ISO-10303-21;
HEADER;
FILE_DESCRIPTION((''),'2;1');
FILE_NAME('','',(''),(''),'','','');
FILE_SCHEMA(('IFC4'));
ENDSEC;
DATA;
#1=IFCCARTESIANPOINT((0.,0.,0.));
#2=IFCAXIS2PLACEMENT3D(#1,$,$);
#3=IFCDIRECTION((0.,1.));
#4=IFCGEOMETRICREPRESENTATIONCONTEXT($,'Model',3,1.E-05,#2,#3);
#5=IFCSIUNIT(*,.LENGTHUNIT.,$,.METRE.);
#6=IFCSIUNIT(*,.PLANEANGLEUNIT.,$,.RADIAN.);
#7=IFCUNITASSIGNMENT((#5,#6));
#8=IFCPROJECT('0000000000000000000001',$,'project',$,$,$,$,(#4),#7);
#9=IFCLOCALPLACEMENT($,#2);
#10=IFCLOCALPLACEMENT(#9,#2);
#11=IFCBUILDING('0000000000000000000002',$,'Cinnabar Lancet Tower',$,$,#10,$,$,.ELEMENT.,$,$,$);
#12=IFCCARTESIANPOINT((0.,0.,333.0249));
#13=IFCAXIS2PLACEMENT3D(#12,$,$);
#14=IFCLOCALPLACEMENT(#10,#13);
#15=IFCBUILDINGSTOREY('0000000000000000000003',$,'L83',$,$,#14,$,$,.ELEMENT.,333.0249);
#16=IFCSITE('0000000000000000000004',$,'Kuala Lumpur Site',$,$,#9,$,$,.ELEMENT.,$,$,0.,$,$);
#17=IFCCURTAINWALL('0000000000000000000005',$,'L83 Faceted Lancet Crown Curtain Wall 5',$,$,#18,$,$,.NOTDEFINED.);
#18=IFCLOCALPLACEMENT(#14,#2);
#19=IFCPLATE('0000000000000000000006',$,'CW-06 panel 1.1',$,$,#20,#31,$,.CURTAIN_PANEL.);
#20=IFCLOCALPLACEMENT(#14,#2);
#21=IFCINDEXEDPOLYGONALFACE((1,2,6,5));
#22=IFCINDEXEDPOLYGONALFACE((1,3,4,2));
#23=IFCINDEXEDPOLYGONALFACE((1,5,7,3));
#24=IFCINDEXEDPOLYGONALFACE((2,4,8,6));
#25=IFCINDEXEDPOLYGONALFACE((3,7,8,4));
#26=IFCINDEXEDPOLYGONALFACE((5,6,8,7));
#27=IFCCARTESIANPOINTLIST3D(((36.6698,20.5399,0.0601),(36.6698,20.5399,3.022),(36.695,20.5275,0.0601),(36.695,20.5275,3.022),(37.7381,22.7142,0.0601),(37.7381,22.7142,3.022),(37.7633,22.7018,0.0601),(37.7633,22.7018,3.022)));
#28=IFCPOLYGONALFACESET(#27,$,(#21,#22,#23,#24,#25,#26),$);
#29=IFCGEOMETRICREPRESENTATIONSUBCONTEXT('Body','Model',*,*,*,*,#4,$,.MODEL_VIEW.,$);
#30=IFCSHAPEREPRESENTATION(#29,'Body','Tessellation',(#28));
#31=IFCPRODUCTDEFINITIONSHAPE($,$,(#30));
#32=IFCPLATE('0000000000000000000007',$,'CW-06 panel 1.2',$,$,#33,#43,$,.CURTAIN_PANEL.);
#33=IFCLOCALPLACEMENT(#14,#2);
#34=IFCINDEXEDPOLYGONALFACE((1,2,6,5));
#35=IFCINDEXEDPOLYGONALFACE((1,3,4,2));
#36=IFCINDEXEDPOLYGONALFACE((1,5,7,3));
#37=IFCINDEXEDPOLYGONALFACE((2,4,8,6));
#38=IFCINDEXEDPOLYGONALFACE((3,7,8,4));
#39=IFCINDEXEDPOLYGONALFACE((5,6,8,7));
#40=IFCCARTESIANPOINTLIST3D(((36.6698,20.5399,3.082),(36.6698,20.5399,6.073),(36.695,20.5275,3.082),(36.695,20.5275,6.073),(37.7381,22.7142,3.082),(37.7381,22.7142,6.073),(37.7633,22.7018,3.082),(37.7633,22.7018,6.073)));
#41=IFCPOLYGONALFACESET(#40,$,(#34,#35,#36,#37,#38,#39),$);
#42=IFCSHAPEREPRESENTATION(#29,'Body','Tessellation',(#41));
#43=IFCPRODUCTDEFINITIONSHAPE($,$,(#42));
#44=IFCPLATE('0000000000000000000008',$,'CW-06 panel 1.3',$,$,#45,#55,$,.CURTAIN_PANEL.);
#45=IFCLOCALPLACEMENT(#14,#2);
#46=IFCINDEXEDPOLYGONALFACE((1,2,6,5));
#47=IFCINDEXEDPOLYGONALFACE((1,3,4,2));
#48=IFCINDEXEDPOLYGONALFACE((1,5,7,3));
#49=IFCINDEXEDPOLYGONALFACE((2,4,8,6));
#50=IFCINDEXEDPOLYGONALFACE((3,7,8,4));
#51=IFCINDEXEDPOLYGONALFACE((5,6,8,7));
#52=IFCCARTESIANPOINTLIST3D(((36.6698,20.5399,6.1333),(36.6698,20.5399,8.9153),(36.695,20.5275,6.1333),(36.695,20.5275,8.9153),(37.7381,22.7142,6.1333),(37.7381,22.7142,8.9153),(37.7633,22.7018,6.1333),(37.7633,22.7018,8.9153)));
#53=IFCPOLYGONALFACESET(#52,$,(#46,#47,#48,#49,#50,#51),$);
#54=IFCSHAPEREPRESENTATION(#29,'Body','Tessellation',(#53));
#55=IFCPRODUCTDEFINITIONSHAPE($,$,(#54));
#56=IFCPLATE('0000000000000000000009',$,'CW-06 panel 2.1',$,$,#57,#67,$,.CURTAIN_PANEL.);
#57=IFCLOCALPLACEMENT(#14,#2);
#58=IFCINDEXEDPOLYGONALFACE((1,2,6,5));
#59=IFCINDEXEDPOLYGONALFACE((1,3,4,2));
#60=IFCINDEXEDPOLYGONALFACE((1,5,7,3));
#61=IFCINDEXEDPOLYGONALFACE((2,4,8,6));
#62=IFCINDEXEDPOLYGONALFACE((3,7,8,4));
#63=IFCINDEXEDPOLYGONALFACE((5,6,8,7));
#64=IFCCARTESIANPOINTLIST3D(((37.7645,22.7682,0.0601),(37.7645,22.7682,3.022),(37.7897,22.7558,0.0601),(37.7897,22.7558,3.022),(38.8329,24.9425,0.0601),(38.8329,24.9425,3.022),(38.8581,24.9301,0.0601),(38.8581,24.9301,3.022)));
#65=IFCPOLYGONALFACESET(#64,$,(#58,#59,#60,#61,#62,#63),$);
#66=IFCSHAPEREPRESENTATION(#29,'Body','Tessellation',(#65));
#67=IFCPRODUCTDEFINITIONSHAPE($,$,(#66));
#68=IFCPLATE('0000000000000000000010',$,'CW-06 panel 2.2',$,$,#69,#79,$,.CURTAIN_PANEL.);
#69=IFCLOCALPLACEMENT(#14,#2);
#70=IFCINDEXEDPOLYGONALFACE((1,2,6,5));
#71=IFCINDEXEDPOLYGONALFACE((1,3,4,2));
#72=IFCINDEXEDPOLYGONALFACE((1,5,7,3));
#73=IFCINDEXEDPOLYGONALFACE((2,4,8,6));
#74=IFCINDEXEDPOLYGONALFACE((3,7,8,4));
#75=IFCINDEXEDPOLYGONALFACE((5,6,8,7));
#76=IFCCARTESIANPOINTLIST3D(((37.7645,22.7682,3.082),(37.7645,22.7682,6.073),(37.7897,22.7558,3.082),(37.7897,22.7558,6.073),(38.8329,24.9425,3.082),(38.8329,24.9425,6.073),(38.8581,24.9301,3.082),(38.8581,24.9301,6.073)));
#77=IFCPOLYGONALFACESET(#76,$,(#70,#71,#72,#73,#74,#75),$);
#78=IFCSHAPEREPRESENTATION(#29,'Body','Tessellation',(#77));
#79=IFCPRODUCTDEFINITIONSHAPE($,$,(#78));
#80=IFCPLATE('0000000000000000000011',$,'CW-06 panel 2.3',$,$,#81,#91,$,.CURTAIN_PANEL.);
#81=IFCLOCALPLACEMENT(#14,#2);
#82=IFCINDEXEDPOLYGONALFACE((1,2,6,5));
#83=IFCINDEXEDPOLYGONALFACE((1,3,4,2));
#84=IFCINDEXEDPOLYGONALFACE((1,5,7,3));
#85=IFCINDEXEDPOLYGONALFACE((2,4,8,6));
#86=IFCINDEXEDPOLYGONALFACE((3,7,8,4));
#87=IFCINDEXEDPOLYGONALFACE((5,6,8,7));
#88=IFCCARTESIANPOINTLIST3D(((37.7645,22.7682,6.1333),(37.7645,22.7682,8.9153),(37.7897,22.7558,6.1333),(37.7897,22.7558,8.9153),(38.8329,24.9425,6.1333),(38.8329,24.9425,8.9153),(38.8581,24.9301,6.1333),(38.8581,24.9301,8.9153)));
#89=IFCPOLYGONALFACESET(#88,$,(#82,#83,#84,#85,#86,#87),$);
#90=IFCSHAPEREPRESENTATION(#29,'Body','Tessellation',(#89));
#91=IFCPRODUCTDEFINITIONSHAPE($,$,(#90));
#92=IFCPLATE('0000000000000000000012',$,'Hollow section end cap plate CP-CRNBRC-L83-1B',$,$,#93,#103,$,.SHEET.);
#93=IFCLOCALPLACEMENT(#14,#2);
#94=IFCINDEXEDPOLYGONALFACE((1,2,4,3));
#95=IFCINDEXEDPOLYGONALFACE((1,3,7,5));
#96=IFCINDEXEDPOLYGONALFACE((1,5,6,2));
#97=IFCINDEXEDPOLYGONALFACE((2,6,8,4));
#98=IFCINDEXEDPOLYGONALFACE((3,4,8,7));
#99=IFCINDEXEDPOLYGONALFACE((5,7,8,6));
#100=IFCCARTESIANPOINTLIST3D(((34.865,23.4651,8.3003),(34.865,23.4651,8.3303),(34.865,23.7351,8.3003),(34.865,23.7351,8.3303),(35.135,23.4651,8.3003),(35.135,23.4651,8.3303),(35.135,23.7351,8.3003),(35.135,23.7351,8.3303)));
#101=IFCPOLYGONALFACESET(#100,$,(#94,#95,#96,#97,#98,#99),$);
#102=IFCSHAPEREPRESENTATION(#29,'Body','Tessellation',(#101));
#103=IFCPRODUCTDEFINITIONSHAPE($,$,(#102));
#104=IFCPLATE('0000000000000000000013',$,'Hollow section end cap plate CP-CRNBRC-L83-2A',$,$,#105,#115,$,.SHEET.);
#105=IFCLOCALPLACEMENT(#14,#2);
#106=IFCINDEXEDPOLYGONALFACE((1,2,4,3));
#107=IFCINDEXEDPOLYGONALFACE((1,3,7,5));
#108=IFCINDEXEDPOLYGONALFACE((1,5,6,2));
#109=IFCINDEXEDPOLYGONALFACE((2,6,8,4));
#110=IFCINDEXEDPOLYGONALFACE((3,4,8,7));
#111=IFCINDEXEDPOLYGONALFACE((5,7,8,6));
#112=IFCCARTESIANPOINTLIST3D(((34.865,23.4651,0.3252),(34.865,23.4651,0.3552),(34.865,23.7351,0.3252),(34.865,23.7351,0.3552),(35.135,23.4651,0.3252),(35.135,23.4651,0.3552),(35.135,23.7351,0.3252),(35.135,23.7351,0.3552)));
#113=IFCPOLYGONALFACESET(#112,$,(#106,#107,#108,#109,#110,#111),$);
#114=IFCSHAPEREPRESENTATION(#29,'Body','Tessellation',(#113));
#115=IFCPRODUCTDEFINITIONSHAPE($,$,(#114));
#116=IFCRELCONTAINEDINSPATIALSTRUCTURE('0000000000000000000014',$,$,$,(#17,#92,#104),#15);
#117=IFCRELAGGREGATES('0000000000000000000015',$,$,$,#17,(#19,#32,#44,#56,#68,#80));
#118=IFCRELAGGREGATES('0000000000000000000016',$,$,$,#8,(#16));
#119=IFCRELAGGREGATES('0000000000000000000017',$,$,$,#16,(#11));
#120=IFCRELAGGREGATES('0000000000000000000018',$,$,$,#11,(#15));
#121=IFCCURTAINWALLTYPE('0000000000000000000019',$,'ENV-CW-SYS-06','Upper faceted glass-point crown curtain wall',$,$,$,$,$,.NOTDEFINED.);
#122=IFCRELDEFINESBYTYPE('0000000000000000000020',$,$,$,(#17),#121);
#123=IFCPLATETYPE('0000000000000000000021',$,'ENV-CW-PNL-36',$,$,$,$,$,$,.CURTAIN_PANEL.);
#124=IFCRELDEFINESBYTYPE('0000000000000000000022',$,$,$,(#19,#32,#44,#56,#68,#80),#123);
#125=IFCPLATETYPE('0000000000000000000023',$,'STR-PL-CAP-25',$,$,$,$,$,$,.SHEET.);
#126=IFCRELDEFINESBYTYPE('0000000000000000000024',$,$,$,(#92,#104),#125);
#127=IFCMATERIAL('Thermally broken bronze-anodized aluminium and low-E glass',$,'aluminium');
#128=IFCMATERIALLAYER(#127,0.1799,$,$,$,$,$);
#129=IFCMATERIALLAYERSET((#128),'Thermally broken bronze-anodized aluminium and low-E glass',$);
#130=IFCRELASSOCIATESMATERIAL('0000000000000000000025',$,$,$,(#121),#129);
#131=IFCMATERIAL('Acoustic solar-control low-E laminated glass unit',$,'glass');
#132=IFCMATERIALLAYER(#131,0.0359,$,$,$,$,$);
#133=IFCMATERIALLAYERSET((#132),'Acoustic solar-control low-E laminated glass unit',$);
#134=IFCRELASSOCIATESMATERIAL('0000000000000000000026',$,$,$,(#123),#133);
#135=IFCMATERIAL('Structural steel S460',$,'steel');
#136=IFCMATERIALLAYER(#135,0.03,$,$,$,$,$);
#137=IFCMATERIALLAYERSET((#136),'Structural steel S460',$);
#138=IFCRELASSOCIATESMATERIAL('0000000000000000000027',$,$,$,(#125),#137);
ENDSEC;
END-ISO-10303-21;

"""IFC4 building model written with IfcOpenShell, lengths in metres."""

from ifc_helpers import new_model, si_unit, direction, frame, origin, origin_2d, place, context, subcontext, project, spatial, rectangle, extrude, material, layer, layer_set, type_object, element, aggregate, save


model = new_model("IFC4")

# Units and contexts
model_context = context("Model", 3, precision=1e-05, world=origin(), true_north=direction((0.0, 1.0)))
body_context = subcontext(model_context, "Body", "Model", "MODEL_VIEW")
ifc_project = project(units=[si_unit("LENGTHUNIT", "METRE"), si_unit("PLANEANGLEUNIT", "RADIAN")], contexts=[model_context])

# Site, building, storey
site_placement = place(None, origin())
site = spatial("IfcSite", under=ifc_project, at=site_placement, Name="Kuala Lumpur Site", CompositionType="ELEMENT", RefElevation=0.0)
building_placement = place(site_placement, origin())
building = spatial("IfcBuilding", under=site, at=building_placement, Name="Cinnabar Lancet Tower", CompositionType="ELEMENT")
storey_placement = place(building_placement, frame((0.0, 0.0, 333.0249)))
storey = spatial("IfcBuildingStorey", under=building, at=storey_placement, Name="L83", CompositionType="ELEMENT", Elevation=333.0249)

# Curtain wall
ifc_material_1 = material(Name="Thermally broken bronze-anodized aluminium and low-E glass", Category="aluminium")
ifc_layer_1 = layer(ifc_material_1, 0.1799)
ifc_layer_set_1 = layer_set([ifc_layer_1], Name="Thermally broken bronze-anodized aluminium and low-E glass")
curtain_wall_type = type_object("IfcCurtainWallType", Name="ENV-CW-SYS-06", Description="Upper faceted glass-point crown curtain wall", PredefinedType="NOTDEFINED", material=ifc_layer_set_1)
curtain_wall_1_placement = place(storey_placement, origin())
curtain_wall_1 = element("IfcCurtainWall", 1, at=curtain_wall_1_placement, inside=storey, type_object=curtain_wall_type, Name="L83 Faceted Lancet Crown Curtain Wall 5", PredefinedType="NOTDEFINED")

# Plates
ifc_material_2 = material(Name="Acoustic solar-control low-E laminated glass unit", Category="glass")
ifc_layer_2 = layer(ifc_material_2, 0.0359)
ifc_layer_set_2 = layer_set([ifc_layer_2], Name="Acoustic solar-control low-E laminated glass unit")
plate_type_1 = type_object("IfcPlateType", Name="ENV-CW-PNL-36", PredefinedType="CURTAIN_PANEL", material=ifc_layer_set_2)
plate_1_placement = place(storey_placement, frame((37.2166, 21.6208, 0.0601), z_axis=(0.0, 0.0, 1.0), x_axis=(0.440994, 0.89751, 0.0)))
plate_1 = element("IfcPlate", 2, at=plate_1_placement, type_object=plate_type_1, Name="CW-06 panel 1.1", PredefinedType="CURTAIN_PANEL", context=body_context, shape_type="SweptSolid", body=[
    extrude(rectangle(XDim=2.4226, YDim=0.0281, at=origin_2d()), origin(), (0.0, 0.0, 1.0), 2.9619),
])
plate_2_placement = place(storey_placement, frame((37.2166, 21.6208, 3.082), z_axis=(0.0, 0.0, 1.0), x_axis=(0.440994, 0.89751, 0.0)))
plate_2 = element("IfcPlate", 3, at=plate_2_placement, type_object=plate_type_1, Name="CW-06 panel 1.2", PredefinedType="CURTAIN_PANEL", context=body_context, shape_type="SweptSolid", body=[
    extrude(rectangle(XDim=2.4226, YDim=0.0281, at=origin_2d()), origin(), (0.0, 0.0, 1.0), 2.991),
])
plate_3_placement = place(storey_placement, frame((37.2166, 21.6208, 6.1333), z_axis=(0.0, 0.0, 1.0), x_axis=(0.440994, 0.89751, 0.0)))
plate_3 = element("IfcPlate", 4, at=plate_3_placement, type_object=plate_type_1, Name="CW-06 panel 1.3", PredefinedType="CURTAIN_PANEL", context=body_context, shape_type="SweptSolid", body=[
    extrude(rectangle(XDim=2.4226, YDim=0.0281, at=origin_2d()), origin(), (0.0, 0.0, 1.0), 2.782),
])
plate_4_placement = place(storey_placement, frame((38.3113, 23.8491, 0.0601), z_axis=(0.0, 0.0, 1.0), x_axis=(0.440994, 0.89751, 0.0)))
plate_4 = element("IfcPlate", 5, at=plate_4_placement, type_object=plate_type_1, Name="CW-06 panel 2.1", PredefinedType="CURTAIN_PANEL", context=body_context, shape_type="SweptSolid", body=[
    extrude(rectangle(XDim=2.4226, YDim=0.0281, at=origin_2d()), origin(), (0.0, 0.0, 1.0), 2.9619),
])
plate_5_placement = place(storey_placement, frame((38.3113, 23.8491, 3.082), z_axis=(0.0, 0.0, 1.0), x_axis=(0.440994, 0.89751, 0.0)))
plate_5 = element("IfcPlate", 6, at=plate_5_placement, type_object=plate_type_1, Name="CW-06 panel 2.2", PredefinedType="CURTAIN_PANEL", context=body_context, shape_type="SweptSolid", body=[
    extrude(rectangle(XDim=2.4226, YDim=0.0281, at=origin_2d()), origin(), (0.0, 0.0, 1.0), 2.991),
])
plate_6_placement = place(storey_placement, frame((38.3113, 23.8491, 6.1333), z_axis=(0.0, 0.0, 1.0), x_axis=(0.440994, 0.89751, 0.0)))
plate_6 = element("IfcPlate", 7, at=plate_6_placement, type_object=plate_type_1, Name="CW-06 panel 2.3", PredefinedType="CURTAIN_PANEL", context=body_context, shape_type="SweptSolid", body=[
    extrude(rectangle(XDim=2.4226, YDim=0.0281, at=origin_2d()), origin(), (0.0, 0.0, 1.0), 2.782),
])
aggregate(curtain_wall_1, [plate_1, plate_2, plate_3, plate_4, plate_5, plate_6])

# Plates
ifc_material_3 = material(Name="Structural steel S460", Category="steel")
ifc_layer_3 = layer(ifc_material_3, 0.03)
ifc_layer_set_3 = layer_set([ifc_layer_3], Name="Structural steel S460")
plate_type_2 = type_object("IfcPlateType", Name="STR-PL-CAP-25", PredefinedType="SHEET", material=ifc_layer_set_3)
for number, where, z_axis, x_axis, name in (
    (8, (35.0, 23.6001, 8.3003), (0.0, 0.0, 1.0), (1.0, 0.0, 0.0), "Hollow section end cap plate CP-CRNBRC-L83-1B"),
    (9, (35.0, 23.6001, 0.3252), (0.0, 0.0, 1.0), (0.0, -1.0, 0.0), "Hollow section end cap plate CP-CRNBRC-L83-2A"),
):
    element("IfcPlate", number, at=place(storey_placement, frame(where, z_axis=z_axis, x_axis=x_axis)), inside=storey, type_object=plate_type_2, Name=name, PredefinedType="SHEET", context=body_context, shape_type="SweptSolid", body=[
        extrude(rectangle(XDim=0.27, YDim=0.27, at=origin_2d()), origin(), (0.0, 0.0, 1.0), 0.03),
    ])

save(model, "model.ifc")
